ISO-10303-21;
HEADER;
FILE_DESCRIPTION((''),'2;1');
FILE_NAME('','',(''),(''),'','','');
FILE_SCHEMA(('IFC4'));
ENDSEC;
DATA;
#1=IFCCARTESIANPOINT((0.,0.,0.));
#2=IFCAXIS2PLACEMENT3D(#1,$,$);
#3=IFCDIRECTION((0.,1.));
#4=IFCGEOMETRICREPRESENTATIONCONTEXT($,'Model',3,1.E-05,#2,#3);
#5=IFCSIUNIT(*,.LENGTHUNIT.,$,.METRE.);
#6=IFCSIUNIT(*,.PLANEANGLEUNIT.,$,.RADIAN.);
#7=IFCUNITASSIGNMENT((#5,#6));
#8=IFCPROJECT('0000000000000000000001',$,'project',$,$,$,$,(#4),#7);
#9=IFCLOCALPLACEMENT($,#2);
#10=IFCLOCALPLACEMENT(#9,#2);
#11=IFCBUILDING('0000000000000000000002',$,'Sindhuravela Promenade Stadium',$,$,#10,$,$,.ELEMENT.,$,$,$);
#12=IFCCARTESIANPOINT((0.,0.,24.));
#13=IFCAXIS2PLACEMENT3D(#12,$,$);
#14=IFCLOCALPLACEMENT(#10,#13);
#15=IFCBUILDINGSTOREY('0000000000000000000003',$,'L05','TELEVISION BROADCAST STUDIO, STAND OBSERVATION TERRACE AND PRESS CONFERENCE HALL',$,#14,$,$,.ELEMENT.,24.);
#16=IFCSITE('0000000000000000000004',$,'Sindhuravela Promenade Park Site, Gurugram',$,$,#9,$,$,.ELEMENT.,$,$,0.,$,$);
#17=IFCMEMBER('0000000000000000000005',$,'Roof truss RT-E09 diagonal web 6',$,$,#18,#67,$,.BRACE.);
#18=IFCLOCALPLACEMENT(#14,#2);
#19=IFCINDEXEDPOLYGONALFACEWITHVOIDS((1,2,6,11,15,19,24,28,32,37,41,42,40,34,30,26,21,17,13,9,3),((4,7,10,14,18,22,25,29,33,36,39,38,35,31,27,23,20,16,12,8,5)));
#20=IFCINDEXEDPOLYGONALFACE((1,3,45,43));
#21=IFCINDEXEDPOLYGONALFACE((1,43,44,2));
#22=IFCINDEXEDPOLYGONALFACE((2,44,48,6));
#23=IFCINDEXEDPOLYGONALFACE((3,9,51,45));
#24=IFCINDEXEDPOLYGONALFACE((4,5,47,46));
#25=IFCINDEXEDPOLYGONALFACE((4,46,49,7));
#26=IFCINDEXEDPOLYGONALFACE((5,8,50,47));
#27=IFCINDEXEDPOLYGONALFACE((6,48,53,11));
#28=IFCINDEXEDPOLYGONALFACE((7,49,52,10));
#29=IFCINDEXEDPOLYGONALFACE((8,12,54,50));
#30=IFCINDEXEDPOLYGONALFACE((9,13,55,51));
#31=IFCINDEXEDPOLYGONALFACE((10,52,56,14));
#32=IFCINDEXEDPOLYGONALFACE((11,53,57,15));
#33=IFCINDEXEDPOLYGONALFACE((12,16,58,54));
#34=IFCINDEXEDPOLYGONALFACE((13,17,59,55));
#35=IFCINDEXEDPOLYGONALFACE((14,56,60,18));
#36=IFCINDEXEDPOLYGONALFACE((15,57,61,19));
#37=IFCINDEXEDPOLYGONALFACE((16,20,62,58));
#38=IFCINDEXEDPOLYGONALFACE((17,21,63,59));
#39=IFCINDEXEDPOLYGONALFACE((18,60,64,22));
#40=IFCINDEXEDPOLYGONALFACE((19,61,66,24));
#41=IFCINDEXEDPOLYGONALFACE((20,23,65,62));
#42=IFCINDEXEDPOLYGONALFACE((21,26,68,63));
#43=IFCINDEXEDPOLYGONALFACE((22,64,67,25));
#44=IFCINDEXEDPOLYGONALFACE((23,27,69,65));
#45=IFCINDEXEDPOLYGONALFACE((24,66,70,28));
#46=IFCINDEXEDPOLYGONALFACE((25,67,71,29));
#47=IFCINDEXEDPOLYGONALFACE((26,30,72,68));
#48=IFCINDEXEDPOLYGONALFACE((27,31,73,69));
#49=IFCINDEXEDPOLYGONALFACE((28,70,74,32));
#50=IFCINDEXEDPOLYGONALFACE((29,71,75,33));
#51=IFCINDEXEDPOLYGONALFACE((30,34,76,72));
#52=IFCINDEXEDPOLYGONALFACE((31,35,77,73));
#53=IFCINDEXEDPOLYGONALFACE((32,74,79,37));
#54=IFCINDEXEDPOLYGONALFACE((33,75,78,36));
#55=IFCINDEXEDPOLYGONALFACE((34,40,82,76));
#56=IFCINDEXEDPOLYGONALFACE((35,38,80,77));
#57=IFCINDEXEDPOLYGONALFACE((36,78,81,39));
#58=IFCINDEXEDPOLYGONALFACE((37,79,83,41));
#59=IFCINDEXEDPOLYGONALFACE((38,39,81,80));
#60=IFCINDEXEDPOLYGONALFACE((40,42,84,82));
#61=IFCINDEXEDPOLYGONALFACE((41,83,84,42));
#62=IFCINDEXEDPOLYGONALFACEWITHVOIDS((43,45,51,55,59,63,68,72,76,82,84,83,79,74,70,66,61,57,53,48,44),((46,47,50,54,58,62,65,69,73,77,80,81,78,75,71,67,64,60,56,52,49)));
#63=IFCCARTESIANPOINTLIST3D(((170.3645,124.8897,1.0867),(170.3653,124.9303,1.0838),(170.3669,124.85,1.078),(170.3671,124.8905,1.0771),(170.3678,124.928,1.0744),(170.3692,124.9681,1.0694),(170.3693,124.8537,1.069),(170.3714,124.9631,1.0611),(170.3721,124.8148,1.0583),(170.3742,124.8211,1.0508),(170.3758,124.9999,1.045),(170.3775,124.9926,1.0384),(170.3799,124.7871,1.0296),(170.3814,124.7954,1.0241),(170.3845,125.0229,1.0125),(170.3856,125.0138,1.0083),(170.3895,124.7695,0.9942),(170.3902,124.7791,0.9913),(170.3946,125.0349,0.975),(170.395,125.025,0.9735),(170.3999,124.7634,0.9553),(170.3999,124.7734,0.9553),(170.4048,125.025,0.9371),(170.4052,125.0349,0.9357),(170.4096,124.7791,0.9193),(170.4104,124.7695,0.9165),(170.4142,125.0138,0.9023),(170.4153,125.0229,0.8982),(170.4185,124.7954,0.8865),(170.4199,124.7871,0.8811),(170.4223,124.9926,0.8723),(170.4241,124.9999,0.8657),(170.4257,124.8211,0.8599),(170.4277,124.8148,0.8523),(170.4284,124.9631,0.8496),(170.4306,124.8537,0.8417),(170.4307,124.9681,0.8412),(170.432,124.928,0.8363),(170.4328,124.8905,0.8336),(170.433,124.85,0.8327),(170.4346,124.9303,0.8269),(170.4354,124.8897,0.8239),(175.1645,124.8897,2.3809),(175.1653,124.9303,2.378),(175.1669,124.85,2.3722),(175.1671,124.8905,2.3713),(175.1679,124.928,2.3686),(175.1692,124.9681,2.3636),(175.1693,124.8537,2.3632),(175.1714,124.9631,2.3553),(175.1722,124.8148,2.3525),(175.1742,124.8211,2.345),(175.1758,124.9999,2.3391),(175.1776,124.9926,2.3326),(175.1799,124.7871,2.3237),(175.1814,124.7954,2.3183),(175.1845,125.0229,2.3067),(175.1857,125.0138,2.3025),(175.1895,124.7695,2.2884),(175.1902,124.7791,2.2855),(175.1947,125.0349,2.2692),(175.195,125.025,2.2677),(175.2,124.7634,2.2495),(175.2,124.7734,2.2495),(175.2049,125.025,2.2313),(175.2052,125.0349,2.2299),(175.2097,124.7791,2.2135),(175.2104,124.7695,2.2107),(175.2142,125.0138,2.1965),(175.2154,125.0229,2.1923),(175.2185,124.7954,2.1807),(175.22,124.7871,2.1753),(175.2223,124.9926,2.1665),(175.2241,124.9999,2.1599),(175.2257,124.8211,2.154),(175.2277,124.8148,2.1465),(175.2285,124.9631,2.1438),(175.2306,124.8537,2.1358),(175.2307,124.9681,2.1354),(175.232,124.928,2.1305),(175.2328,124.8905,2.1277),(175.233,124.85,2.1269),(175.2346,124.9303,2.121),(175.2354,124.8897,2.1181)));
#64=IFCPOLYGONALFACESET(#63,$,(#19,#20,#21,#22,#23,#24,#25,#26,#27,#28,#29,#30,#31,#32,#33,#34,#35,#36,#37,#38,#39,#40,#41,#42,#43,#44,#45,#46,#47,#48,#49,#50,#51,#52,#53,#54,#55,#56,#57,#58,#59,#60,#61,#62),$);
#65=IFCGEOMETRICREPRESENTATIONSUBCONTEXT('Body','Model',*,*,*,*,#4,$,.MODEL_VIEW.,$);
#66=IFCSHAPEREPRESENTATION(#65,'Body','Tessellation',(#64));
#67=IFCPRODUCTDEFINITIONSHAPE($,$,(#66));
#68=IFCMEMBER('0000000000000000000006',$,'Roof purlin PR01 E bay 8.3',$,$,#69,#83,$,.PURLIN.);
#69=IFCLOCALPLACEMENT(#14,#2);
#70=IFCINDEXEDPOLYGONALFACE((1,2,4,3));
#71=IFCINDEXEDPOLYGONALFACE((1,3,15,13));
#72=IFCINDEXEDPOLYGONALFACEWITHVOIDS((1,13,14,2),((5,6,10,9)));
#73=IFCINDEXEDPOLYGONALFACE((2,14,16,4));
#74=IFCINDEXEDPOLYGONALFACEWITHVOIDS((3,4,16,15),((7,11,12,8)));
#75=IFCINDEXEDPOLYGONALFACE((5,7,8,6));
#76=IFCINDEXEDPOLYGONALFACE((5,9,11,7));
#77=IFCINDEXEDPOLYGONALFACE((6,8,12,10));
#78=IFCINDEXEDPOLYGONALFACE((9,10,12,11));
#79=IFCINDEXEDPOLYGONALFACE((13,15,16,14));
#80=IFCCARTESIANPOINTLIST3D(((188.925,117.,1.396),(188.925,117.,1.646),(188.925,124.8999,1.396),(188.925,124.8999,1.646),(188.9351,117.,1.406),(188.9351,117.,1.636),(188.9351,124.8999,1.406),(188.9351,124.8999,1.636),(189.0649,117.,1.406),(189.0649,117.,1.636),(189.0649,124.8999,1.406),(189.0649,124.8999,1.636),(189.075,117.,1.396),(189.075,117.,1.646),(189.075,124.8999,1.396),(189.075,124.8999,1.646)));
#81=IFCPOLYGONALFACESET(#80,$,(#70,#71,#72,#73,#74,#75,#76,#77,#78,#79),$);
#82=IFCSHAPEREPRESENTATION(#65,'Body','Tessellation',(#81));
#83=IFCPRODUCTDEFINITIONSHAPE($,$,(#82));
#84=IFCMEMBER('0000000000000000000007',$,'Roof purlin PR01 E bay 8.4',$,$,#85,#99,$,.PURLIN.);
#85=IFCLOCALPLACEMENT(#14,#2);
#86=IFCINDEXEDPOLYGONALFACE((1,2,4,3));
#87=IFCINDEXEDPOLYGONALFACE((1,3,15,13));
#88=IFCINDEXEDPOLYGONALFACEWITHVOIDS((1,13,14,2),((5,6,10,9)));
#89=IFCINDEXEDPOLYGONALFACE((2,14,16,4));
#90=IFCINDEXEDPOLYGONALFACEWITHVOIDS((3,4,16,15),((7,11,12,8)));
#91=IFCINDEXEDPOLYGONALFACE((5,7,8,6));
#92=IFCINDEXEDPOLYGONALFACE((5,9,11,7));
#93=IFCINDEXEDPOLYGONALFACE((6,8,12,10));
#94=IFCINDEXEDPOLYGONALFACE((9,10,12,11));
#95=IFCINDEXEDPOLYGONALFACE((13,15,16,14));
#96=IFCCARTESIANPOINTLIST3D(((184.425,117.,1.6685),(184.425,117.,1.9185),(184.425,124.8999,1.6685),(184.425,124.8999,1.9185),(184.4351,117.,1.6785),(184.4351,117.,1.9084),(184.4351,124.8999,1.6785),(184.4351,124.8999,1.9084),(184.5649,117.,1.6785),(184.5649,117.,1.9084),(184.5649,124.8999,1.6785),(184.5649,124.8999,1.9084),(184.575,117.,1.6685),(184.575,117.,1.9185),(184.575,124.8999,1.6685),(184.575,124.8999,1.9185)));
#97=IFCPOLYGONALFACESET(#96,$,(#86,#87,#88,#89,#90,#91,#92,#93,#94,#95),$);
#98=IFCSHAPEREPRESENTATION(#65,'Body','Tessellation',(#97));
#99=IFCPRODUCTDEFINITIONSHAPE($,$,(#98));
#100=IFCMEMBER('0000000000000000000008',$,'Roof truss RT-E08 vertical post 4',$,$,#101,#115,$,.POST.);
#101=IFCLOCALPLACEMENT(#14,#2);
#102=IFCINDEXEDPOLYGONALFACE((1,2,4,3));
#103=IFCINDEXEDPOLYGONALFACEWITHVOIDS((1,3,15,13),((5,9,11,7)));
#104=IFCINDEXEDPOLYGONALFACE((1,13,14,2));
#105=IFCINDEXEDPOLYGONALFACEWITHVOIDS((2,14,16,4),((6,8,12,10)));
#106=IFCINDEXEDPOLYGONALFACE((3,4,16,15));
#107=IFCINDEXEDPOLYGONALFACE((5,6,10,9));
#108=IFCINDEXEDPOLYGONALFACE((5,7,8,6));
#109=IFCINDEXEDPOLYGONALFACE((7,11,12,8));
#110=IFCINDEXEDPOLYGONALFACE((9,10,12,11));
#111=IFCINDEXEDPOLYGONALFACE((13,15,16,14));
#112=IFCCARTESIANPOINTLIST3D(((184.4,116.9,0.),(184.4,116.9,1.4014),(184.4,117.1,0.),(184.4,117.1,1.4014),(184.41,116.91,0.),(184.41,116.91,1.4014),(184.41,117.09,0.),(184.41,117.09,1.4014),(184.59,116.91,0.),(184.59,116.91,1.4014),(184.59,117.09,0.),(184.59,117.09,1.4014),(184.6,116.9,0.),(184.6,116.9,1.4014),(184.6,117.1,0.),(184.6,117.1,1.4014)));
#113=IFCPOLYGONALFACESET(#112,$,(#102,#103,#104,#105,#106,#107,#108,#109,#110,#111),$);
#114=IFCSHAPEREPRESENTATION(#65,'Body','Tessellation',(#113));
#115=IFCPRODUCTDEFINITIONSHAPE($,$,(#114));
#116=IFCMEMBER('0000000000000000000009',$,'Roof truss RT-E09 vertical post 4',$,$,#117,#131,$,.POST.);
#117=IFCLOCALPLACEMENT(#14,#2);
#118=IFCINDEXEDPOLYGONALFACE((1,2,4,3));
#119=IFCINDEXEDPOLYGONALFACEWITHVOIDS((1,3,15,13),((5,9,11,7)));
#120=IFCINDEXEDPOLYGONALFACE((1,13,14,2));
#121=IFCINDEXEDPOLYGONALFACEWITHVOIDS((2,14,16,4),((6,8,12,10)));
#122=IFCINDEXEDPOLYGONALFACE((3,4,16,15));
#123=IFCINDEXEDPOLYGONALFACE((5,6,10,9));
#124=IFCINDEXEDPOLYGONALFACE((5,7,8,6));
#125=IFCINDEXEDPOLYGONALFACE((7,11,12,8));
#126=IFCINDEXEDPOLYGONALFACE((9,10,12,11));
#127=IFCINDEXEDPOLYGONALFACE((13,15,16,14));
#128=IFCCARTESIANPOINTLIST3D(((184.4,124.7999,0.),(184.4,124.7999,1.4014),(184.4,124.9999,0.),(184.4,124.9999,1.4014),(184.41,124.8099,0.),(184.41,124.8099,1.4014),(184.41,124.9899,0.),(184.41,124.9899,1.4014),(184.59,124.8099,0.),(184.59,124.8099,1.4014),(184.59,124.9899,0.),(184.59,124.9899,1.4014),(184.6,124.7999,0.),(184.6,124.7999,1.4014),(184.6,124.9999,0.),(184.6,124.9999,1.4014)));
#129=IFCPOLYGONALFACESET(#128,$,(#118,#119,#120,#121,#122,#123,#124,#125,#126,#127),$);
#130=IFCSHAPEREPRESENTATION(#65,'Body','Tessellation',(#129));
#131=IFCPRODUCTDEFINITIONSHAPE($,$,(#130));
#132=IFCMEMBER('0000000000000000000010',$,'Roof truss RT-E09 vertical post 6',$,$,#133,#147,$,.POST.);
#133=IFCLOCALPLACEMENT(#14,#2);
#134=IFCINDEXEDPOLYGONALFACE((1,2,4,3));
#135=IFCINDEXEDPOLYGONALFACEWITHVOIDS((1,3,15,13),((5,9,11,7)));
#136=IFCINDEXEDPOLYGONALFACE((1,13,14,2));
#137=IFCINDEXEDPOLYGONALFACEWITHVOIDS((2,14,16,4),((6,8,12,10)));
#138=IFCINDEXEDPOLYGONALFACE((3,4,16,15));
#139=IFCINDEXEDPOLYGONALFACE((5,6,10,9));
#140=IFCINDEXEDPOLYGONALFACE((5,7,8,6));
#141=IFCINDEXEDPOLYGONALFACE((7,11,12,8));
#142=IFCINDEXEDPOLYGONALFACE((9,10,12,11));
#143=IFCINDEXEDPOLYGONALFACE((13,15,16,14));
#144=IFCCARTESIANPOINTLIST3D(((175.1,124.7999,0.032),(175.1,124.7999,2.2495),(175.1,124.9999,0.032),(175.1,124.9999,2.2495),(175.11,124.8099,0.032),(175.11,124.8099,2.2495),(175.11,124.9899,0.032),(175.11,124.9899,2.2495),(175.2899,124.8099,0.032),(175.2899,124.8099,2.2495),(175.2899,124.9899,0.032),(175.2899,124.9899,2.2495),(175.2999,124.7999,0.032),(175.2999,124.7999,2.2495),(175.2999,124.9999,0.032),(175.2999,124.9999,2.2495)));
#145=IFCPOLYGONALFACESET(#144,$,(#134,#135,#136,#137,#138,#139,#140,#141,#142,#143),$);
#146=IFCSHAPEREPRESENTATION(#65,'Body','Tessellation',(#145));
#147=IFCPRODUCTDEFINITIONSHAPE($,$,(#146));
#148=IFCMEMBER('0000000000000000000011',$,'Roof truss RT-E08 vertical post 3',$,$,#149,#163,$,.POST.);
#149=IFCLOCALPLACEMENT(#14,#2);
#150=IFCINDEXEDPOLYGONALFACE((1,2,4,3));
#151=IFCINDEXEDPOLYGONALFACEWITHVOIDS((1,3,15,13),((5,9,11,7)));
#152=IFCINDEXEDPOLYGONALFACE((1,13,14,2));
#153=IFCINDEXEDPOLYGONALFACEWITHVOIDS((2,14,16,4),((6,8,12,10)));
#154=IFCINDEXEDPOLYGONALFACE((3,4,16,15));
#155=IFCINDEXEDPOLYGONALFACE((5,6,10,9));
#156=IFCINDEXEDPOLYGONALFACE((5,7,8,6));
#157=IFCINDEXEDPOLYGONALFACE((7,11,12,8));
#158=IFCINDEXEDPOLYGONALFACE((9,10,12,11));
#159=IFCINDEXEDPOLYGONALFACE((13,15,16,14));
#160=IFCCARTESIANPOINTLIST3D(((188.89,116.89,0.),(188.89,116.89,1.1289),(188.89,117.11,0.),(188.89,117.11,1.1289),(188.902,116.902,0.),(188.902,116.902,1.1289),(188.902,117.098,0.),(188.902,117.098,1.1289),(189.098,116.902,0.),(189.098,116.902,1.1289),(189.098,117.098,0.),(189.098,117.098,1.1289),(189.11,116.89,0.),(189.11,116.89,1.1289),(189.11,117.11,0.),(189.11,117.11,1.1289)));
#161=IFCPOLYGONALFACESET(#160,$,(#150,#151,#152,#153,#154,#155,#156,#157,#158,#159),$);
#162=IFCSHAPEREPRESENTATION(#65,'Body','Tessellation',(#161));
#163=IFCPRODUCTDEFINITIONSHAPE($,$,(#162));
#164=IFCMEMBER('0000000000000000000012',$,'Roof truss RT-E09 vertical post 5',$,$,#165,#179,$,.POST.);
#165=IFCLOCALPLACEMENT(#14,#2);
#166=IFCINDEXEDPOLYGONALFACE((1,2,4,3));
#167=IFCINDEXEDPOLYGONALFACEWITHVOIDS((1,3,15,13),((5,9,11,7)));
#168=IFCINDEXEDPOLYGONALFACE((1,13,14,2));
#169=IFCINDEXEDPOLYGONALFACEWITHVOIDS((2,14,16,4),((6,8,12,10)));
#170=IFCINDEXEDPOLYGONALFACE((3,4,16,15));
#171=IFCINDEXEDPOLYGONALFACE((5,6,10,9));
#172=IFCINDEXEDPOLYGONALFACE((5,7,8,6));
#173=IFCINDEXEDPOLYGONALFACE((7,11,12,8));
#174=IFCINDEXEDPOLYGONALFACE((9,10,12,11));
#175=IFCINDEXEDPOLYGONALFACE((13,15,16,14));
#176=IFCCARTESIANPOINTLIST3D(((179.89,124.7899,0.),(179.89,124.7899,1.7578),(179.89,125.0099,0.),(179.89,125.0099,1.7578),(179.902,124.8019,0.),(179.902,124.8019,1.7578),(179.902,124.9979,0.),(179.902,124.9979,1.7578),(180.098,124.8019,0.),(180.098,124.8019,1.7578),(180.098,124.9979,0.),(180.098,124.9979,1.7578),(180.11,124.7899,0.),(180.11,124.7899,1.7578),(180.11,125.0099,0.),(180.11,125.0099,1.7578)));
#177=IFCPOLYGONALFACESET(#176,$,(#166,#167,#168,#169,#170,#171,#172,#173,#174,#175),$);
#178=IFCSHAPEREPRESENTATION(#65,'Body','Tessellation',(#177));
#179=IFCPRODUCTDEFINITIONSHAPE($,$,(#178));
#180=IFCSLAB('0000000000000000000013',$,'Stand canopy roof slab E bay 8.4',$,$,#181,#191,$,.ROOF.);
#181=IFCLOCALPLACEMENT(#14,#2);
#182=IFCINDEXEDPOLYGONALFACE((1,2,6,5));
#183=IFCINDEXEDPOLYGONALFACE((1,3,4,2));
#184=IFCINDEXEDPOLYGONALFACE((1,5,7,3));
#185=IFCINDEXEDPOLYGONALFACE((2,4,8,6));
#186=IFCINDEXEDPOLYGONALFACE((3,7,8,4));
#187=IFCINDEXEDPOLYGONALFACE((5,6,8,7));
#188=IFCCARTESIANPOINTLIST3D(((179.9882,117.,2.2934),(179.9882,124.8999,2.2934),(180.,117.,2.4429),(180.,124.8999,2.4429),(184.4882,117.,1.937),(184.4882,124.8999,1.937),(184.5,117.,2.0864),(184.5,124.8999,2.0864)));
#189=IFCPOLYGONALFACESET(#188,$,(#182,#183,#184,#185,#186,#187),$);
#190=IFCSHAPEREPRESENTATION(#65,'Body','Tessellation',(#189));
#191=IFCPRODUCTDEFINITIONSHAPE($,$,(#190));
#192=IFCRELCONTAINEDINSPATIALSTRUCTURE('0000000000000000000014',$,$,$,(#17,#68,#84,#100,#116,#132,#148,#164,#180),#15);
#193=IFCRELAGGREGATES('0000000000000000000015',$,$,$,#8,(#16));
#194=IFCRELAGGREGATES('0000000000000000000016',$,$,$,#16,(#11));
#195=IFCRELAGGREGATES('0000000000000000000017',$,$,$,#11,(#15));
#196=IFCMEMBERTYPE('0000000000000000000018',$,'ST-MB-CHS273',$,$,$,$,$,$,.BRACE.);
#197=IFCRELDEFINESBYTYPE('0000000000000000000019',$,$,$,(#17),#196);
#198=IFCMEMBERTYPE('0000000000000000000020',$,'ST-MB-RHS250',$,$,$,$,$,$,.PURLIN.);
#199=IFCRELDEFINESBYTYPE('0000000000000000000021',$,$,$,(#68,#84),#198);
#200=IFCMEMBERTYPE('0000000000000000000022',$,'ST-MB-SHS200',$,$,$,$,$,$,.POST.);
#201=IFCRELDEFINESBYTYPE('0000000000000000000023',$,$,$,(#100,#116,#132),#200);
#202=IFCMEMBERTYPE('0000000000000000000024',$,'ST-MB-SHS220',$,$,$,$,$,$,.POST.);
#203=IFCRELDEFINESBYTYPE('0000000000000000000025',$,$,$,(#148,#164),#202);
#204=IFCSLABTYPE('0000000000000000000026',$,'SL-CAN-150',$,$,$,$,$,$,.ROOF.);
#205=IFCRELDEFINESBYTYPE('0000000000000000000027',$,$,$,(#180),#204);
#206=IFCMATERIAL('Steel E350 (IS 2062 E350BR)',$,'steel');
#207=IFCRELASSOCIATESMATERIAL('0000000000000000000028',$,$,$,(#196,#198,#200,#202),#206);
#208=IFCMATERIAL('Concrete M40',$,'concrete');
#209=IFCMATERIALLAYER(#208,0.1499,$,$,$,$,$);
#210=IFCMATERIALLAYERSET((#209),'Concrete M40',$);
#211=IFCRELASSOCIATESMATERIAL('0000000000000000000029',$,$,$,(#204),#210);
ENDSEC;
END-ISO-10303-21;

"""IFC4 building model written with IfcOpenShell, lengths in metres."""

from ifc_helpers import new_model, si_unit, direction, frame, origin, origin_2d, place, context, subcontext, project, spatial, polyline, hollow_rectangle, hollow_circle, outline, extrude, material, layer, layer_set, material_profile, profile_set, type_object, element, save


model = new_model("IFC4")

# Units and contexts
model_context = context("Model", 3, precision=1e-05, world=origin(), true_north=direction((0.0, 1.0)))
body_context = subcontext(model_context, "Body", "Model", "MODEL_VIEW")
ifc_project = project(units=[si_unit("LENGTHUNIT", "METRE"), si_unit("PLANEANGLEUNIT", "RADIAN")], contexts=[model_context])

# Site, building, storey
site_placement = place(None, origin())
site = spatial("IfcSite", under=ifc_project, at=site_placement, Name="Sindhuravela Promenade Park Site, Gurugram", CompositionType="ELEMENT", RefElevation=0.0)
building_placement = place(site_placement, origin())
building = spatial("IfcBuilding", under=site, at=building_placement, Name="Sindhuravela Promenade Stadium", CompositionType="ELEMENT")
storey_placement = place(building_placement, frame((0.0, 0.0, 24.0)))
storey = spatial("IfcBuildingStorey", under=building, at=storey_placement, Name="L05", Description="TELEVISION BROADCAST STUDIO, STAND OBSERVATION TERRACE AND PRESS CONFERENCE HALL", CompositionType="ELEMENT", Elevation=24.0)

# Shared definitions
ifc_material_1 = material(Name="Steel E350 (IS 2062 E350BR)", Category="steel")

# Members
ifc_material_profile_1 = material_profile(ifc_material_1, hollow_circle(Radius=0.1365, WallThickness=0.01, at=origin_2d()), Name="CHS 273.0x10")
ifc_profile_set_1 = profile_set([ifc_material_profile_1], Name="Steel E350 (IS 2062 E350BR)")
member_type_1 = type_object("IfcMemberType", Name="ST-MB-CHS273", PredefinedType="BRACE", material=ifc_profile_set_1)
member_1_placement = place(storey_placement, frame((175.2, 124.8999, 2.2495), z_axis=(-0.965521, 0.0, -0.260324), x_axis=(0.0, -1.0, 0.0)))
element("IfcMember", 1, at=member_1_placement, inside=storey, type_object=member_type_1, Name="Roof truss RT-E09 diagonal web 6", PredefinedType="BRACE", context=body_context, shape_type="SweptSolid", body=[
    extrude(hollow_circle(Radius=0.1365, WallThickness=0.01, at=origin_2d()), origin(), (0.0, 0.0, 1.0), 4.9714),
])
ifc_material_profile_2 = material_profile(ifc_material_1, hollow_rectangle(XDim=0.1499, YDim=0.25, WallThickness=0.01, at=origin_2d()), Name="RHS 250x150x10")
ifc_profile_set_2 = profile_set([ifc_material_profile_2], Name="Steel E350 (IS 2062 E350BR)")
member_type_2 = type_object("IfcMemberType", Name="ST-MB-RHS250", PredefinedType="PURLIN", material=ifc_profile_set_2)
for number, where, z_axis, x_axis, name in (
    (2, (189.0, 117.0, 1.521), (0.0, 1.0, 0.0), (-1.0, 0.0, 0.0), "Roof purlin PR01 E bay 8.3"),
    (3, (184.5, 117.0, 1.7935), (0.0, 1.0, 0.0), (-1.0, 0.0, 0.0), "Roof purlin PR01 E bay 8.4"),
):
    element("IfcMember", number, at=place(storey_placement, frame(where, z_axis=z_axis, x_axis=x_axis)), inside=storey, type_object=member_type_2, Name=name, PredefinedType="PURLIN", context=body_context, shape_type="SweptSolid", body=[
        extrude(hollow_rectangle(XDim=0.1499, YDim=0.25, WallThickness=0.01, at=origin_2d()), origin(), (0.0, 0.0, 1.0), 7.8999),
    ])
ifc_material_profile_3 = material_profile(ifc_material_1, hollow_rectangle(XDim=0.2, YDim=0.2, WallThickness=0.01, at=origin_2d()), Name="SHS 200x200x10")
ifc_profile_set_3 = profile_set([ifc_material_profile_3], Name="Steel E350 (IS 2062 E350BR)")
member_type_3 = type_object("IfcMemberType", Name="ST-MB-SHS200", PredefinedType="POST", material=ifc_profile_set_3)
for number, where, z_axis, x_axis, name in (
    (4, (184.5, 117.0, 0.0), (0.0, 0.0, 1.0), (1.0, 0.0, 0.0), "Roof truss RT-E08 vertical post 4"),
    (5, (184.5, 124.8999, 0.0), (0.0, 0.0, 1.0), (1.0, 0.0, 0.0), "Roof truss RT-E09 vertical post 4"),
):
    element("IfcMember", number, at=place(storey_placement, frame(where, z_axis=z_axis, x_axis=x_axis)), inside=storey, type_object=member_type_3, Name=name, PredefinedType="POST", context=body_context, shape_type="SweptSolid", body=[
        extrude(hollow_rectangle(XDim=0.2, YDim=0.2, WallThickness=0.01, at=origin_2d()), origin(), (0.0, 0.0, 1.0), 1.4014),
    ])
member_2_placement = place(storey_placement, frame((175.2, 124.8999, 0.032), z_axis=(0.0, 0.0, 1.0), x_axis=(1.0, 0.0, 0.0)))
element("IfcMember", 6, at=member_2_placement, inside=storey, type_object=member_type_3, Name="Roof truss RT-E09 vertical post 6", PredefinedType="POST", context=body_context, shape_type="SweptSolid", body=[
    extrude(hollow_rectangle(XDim=0.2, YDim=0.2, WallThickness=0.01, at=origin_2d()), origin(), (0.0, 0.0, 1.0), 2.2175),
])
ifc_material_profile_4 = material_profile(ifc_material_1, hollow_rectangle(XDim=0.22, YDim=0.22, WallThickness=0.012, at=origin_2d()), Name="SHS 220x220x12")
ifc_profile_set_4 = profile_set([ifc_material_profile_4], Name="Steel E350 (IS 2062 E350BR)")
member_type_4 = type_object("IfcMemberType", Name="ST-MB-SHS220", PredefinedType="POST", material=ifc_profile_set_4)
member_3_placement = place(storey_placement, frame((189.0, 117.0, 0.0), z_axis=(0.0, 0.0, 1.0), x_axis=(1.0, 0.0, 0.0)))
element("IfcMember", 7, at=member_3_placement, inside=storey, type_object=member_type_4, Name="Roof truss RT-E08 vertical post 3", PredefinedType="POST", context=body_context, shape_type="SweptSolid", body=[
    extrude(hollow_rectangle(XDim=0.22, YDim=0.22, WallThickness=0.012, at=origin_2d()), origin(), (0.0, 0.0, 1.0), 1.1289),
])
member_4_placement = place(storey_placement, frame((180.0, 124.8999, 0.0), z_axis=(0.0, 0.0, 1.0), x_axis=(1.0, 0.0, 0.0)))
element("IfcMember", 8, at=member_4_placement, inside=storey, type_object=member_type_4, Name="Roof truss RT-E09 vertical post 5", PredefinedType="POST", context=body_context, shape_type="SweptSolid", body=[
    extrude(hollow_rectangle(XDim=0.22, YDim=0.22, WallThickness=0.012, at=origin_2d()), origin(), (0.0, 0.0, 1.0), 1.7578),
])

# Slab
ifc_material_2 = material(Name="Concrete M40", Category="concrete")
ifc_layer_1 = layer(ifc_material_2, 0.1499)
ifc_layer_set_1 = layer_set([ifc_layer_1], Name="Concrete M40")
slab_type = type_object("IfcSlabType", Name="SL-CAN-150", PredefinedType="ROOF", material=ifc_layer_set_1)
slab_placement = place(storey_placement, frame((184.5, 117.0, 2.0864), z_axis=(0.078963, 0.0, 0.996878), x_axis=(0.0, 1.0, 0.0)))
element("IfcSlab", 9, at=slab_placement, inside=storey, type_object=slab_type, Name="Stand canopy roof slab E bay 8.4", PredefinedType="ROOF", context=body_context, shape_type="SweptSolid", body=[
    extrude(outline(polyline([(0.0, 0.0), (7.8999, 0.0), (7.8999, 4.5141), (0.0, 4.5141), (0.0, 0.0)])), origin(), (0.0, 0.0, -1.0), 0.1499),
])

save(model, "model.ifc")
